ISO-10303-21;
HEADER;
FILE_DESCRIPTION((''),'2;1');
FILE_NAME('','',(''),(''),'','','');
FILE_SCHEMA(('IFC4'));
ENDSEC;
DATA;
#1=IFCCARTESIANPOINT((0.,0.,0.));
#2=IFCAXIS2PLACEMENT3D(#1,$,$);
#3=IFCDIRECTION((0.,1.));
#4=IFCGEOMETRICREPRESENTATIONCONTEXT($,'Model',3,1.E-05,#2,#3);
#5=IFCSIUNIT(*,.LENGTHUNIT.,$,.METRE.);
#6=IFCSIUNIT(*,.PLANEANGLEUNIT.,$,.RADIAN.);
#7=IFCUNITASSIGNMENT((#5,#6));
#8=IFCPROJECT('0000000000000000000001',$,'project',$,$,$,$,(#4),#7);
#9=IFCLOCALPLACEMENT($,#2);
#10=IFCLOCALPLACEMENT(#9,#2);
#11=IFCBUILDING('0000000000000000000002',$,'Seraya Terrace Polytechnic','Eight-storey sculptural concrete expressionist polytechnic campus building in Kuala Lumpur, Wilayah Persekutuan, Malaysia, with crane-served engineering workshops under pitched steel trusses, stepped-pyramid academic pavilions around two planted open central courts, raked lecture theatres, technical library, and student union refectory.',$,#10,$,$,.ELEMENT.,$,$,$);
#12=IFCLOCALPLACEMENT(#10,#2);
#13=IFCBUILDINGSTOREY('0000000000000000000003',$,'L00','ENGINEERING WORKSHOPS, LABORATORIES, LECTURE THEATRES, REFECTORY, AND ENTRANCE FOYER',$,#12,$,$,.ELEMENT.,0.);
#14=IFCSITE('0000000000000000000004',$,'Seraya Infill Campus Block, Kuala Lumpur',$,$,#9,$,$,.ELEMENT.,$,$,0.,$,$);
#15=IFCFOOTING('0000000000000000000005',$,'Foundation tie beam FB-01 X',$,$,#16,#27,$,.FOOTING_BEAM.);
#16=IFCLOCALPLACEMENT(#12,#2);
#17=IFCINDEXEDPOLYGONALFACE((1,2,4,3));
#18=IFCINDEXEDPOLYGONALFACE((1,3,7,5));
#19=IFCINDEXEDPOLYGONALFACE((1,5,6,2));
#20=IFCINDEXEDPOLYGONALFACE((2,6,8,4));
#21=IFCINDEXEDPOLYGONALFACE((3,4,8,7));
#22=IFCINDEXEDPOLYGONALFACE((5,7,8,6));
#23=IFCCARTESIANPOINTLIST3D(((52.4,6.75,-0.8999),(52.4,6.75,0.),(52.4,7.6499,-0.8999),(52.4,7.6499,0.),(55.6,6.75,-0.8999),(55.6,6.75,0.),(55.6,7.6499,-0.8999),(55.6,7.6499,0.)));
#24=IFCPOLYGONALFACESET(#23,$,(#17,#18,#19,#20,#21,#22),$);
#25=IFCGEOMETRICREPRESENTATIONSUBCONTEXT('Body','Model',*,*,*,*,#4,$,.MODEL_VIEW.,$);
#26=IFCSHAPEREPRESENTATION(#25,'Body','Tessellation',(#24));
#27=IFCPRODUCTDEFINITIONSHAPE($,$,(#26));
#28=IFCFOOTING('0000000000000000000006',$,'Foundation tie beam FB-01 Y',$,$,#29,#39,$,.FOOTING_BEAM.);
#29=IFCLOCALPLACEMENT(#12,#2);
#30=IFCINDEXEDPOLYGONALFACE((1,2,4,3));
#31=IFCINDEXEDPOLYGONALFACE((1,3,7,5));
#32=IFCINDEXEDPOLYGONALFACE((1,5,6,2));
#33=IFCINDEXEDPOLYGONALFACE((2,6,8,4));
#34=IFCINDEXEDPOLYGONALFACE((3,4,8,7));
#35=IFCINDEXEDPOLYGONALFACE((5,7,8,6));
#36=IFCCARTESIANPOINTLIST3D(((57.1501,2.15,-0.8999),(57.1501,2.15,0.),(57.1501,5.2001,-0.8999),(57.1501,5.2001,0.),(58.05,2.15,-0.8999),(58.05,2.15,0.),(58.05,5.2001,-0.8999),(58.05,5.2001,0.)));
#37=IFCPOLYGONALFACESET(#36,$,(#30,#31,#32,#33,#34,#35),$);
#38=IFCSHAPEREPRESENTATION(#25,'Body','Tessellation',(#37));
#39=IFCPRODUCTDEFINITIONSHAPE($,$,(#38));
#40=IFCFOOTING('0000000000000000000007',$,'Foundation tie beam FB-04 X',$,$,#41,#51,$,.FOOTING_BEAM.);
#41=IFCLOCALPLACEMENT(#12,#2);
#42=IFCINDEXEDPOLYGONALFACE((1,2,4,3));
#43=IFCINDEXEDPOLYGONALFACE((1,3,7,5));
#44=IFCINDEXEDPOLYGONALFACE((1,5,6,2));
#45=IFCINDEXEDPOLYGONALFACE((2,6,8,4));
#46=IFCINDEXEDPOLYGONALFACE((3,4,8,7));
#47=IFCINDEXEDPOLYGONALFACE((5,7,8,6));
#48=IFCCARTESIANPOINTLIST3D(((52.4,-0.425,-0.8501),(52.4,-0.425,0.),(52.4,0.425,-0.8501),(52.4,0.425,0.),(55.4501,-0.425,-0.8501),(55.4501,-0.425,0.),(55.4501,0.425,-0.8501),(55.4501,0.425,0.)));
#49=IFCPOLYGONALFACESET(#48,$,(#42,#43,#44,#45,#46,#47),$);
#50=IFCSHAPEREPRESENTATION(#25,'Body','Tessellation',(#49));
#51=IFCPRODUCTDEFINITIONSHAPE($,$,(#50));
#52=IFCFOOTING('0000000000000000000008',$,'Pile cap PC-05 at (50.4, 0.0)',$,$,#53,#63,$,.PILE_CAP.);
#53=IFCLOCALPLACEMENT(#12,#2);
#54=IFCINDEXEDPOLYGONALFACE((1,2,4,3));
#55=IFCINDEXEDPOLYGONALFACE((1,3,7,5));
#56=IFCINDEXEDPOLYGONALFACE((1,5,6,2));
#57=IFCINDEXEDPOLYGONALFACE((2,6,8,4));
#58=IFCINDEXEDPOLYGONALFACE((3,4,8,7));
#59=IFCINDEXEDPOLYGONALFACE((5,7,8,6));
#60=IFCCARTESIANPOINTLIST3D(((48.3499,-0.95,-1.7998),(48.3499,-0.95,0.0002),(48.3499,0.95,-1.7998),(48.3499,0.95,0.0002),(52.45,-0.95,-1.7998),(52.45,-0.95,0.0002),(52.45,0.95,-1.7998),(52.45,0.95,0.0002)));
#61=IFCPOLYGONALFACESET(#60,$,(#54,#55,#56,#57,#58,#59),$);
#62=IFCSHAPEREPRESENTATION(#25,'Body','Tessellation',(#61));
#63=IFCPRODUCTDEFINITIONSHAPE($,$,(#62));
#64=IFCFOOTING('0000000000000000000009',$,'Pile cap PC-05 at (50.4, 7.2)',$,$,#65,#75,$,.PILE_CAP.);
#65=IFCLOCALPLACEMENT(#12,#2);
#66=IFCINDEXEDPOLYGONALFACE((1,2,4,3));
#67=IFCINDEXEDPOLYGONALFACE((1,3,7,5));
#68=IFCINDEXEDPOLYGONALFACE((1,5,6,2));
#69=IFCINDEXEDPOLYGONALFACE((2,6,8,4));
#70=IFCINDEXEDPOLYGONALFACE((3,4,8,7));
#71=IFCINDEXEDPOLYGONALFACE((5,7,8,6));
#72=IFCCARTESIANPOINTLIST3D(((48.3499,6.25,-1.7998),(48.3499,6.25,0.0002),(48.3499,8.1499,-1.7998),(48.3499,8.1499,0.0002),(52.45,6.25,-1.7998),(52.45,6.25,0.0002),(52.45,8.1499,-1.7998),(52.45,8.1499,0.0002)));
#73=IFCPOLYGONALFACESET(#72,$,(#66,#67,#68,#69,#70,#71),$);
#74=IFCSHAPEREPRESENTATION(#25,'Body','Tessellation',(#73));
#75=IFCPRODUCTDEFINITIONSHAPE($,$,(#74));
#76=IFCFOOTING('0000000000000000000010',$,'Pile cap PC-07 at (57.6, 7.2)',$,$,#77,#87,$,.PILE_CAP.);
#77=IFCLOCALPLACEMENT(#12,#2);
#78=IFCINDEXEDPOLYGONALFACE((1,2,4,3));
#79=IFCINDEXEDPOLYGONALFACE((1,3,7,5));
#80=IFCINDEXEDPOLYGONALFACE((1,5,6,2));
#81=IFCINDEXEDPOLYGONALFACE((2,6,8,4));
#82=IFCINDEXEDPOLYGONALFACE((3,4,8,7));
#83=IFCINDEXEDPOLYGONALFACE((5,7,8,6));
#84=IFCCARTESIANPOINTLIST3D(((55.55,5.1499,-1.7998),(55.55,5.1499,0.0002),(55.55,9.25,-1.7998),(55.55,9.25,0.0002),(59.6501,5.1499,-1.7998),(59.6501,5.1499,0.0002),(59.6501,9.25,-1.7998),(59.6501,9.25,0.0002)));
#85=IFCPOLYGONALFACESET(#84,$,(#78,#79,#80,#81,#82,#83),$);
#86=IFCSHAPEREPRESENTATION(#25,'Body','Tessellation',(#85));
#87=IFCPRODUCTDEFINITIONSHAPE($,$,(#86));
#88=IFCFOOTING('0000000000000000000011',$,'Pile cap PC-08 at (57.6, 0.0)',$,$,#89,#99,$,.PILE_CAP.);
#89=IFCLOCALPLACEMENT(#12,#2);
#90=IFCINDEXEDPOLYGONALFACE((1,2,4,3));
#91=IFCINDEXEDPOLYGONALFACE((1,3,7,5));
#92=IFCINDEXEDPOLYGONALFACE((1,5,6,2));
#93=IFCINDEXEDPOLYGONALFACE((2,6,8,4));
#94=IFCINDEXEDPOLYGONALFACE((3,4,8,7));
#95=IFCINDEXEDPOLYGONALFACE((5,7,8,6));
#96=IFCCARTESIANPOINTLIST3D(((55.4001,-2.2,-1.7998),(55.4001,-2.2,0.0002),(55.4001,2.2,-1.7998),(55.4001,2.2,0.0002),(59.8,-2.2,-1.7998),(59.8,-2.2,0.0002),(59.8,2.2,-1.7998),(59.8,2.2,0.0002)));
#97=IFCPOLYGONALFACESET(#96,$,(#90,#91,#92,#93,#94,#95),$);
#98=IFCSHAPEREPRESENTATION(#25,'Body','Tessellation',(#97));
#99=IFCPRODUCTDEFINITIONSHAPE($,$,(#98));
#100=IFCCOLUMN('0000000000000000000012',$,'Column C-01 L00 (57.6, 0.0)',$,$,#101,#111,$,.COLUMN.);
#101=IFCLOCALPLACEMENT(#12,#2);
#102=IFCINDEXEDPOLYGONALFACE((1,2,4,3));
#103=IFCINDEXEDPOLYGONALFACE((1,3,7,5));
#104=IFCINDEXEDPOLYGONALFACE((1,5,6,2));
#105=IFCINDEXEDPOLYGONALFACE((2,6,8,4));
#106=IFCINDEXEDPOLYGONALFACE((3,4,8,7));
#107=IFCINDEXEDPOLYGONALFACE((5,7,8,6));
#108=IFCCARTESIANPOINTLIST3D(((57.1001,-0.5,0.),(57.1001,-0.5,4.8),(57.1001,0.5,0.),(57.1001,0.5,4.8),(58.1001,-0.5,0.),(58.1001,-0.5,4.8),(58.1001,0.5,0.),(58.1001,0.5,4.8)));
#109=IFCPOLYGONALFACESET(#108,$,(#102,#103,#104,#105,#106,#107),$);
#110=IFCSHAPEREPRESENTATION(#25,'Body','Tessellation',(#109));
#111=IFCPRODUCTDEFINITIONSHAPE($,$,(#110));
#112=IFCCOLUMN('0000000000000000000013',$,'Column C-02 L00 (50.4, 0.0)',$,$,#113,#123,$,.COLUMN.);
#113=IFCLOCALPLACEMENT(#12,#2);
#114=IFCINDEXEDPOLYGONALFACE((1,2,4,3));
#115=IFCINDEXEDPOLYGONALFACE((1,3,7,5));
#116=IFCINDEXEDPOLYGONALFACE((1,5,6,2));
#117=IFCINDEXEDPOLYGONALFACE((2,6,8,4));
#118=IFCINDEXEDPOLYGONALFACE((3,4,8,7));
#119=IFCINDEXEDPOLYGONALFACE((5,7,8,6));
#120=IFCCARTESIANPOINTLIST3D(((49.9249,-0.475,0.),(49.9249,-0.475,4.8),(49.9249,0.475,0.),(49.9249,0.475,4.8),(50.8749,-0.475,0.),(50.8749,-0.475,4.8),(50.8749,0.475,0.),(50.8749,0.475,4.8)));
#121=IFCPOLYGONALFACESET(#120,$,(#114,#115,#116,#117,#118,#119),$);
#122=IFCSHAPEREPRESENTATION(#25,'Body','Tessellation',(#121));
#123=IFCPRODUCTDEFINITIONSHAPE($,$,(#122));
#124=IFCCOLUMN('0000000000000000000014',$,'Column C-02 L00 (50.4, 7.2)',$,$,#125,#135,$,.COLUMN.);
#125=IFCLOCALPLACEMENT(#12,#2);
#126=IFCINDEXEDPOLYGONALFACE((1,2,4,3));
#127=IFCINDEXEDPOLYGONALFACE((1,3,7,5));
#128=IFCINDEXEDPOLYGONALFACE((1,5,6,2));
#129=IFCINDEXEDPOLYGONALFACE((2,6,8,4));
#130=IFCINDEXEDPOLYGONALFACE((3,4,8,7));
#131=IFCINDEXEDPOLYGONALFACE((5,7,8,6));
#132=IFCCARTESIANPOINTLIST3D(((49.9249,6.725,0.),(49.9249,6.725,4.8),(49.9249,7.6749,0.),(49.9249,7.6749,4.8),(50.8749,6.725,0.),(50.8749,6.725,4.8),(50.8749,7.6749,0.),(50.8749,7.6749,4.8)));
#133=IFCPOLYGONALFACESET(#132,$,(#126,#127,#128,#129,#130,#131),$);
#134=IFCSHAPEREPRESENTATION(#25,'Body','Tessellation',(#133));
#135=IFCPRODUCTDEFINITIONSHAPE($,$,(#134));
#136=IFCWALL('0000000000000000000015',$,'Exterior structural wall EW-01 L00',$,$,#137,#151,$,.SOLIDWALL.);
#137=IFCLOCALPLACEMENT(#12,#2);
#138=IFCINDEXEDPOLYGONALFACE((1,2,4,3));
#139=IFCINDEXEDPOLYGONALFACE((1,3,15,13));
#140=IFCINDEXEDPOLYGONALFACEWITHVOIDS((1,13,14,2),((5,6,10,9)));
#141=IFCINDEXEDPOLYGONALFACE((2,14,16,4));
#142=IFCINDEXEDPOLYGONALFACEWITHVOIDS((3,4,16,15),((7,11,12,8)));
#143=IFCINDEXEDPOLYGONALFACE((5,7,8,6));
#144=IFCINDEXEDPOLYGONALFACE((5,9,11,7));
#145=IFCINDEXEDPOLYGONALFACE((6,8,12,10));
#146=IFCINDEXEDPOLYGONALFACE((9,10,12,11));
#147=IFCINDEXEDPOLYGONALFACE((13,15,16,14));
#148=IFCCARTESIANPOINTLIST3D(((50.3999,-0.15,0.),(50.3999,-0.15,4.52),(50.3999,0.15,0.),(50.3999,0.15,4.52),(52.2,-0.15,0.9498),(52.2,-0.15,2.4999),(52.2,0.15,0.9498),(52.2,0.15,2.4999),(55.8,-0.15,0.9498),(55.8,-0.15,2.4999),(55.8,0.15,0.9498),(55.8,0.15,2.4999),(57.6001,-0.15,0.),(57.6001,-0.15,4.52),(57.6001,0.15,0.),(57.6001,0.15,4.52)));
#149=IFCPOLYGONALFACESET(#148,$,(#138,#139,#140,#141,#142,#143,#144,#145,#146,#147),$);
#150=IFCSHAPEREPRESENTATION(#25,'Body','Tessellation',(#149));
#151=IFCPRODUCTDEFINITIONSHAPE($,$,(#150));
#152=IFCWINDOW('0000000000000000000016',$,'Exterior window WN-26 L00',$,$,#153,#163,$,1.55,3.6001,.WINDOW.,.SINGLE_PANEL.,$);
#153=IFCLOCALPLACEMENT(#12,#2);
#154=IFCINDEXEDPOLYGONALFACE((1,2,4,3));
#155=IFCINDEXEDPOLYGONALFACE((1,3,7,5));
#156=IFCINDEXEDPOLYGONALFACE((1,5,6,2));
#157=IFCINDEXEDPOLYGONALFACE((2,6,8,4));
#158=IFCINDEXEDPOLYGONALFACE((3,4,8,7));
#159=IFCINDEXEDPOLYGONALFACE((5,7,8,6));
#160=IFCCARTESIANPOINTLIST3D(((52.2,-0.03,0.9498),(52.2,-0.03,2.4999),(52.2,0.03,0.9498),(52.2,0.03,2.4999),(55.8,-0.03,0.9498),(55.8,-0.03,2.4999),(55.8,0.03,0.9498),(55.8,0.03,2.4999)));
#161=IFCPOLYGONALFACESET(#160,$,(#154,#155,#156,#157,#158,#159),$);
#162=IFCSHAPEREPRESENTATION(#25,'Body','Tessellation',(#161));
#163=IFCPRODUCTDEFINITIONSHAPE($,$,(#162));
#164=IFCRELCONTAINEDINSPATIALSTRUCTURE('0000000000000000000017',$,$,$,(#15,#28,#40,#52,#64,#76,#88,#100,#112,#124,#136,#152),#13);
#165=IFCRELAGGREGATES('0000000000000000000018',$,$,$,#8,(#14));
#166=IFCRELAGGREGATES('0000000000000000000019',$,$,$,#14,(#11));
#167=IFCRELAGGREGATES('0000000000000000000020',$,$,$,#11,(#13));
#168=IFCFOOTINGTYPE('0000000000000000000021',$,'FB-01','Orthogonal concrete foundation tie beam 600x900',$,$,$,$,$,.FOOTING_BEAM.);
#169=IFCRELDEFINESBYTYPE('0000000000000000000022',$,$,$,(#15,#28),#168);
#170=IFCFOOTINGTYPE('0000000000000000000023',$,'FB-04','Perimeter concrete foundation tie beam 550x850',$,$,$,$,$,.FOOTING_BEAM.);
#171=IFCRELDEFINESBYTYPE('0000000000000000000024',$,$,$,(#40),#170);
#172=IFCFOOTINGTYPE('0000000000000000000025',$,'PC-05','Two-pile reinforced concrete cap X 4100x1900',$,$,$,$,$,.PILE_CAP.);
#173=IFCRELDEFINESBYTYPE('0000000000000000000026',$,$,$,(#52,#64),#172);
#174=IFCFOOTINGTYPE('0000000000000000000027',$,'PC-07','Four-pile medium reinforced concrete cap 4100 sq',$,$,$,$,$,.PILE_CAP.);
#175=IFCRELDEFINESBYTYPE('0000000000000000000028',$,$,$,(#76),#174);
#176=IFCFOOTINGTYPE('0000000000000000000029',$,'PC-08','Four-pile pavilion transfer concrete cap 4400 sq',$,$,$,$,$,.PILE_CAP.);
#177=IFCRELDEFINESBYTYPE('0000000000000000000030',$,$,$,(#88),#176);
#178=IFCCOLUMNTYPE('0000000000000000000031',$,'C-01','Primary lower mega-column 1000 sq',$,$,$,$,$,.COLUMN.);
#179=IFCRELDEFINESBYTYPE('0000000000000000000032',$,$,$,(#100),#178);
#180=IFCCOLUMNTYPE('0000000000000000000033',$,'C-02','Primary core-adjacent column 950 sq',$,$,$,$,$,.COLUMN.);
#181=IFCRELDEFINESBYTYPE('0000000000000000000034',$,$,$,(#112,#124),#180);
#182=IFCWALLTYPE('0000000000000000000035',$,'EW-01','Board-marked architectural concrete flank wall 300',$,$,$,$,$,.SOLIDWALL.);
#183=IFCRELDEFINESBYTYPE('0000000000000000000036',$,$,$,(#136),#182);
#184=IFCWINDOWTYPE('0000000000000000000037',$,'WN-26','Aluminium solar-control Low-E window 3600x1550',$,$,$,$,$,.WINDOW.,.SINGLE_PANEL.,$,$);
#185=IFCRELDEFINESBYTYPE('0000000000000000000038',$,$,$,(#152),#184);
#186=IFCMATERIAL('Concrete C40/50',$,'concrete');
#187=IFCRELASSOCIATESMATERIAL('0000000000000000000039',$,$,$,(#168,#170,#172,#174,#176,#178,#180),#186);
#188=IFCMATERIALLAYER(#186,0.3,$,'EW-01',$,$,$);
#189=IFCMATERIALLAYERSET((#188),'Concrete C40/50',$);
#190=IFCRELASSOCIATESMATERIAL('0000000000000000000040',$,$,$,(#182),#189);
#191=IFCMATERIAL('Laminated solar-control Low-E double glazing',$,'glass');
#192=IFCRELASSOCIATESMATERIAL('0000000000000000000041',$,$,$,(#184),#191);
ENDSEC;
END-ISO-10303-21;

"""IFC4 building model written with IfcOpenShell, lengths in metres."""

from ifc_helpers import new_model, si_unit, direction, frame, frame_2d, origin, origin_2d, place, context, subcontext, project, spatial, rectangle, extrude, material, layer, layer_set, material_profile, profile_set, type_object, element, fill, save


model = new_model("IFC4")

# Units and contexts
model_context = context("Model", 3, precision=1e-05, world=origin(), true_north=direction((0.0, 1.0)))
body_context = subcontext(model_context, "Body", "Model", "MODEL_VIEW")
ifc_project = project(units=[si_unit("LENGTHUNIT", "METRE"), si_unit("PLANEANGLEUNIT", "RADIAN")], contexts=[model_context])

# Site, building, storey
site_placement = place(None, origin())
site = spatial("IfcSite", under=ifc_project, at=site_placement, Name="Seraya Infill Campus Block, Kuala Lumpur", CompositionType="ELEMENT", RefElevation=0.0)
building_placement = place(site_placement, origin())
building = spatial("IfcBuilding", under=site, at=building_placement, Name="Seraya Terrace Polytechnic", Description="Eight-storey sculptural concrete expressionist polytechnic campus building in Kuala Lumpur, Wilayah Persekutuan, Malaysia, with crane-served engineering workshops under pitched steel trusses, stepped-pyramid academic pavilions around two planted open central courts, raked lecture theatres, technical library, and student union refectory.", CompositionType="ELEMENT")
storey_placement = place(building_placement, origin())
storey = spatial("IfcBuildingStorey", under=building, at=storey_placement, Name="L00", Description="ENGINEERING WORKSHOPS, LABORATORIES, LECTURE THEATRES, REFECTORY, AND ENTRANCE FOYER", CompositionType="ELEMENT", Elevation=0.0)

# Shared definitions
ifc_material_1 = material(Name="Concrete C40/50", Category="concrete")

# Footings
footing_type_1 = type_object("IfcFootingType", Name="FB-01", Description="Orthogonal concrete foundation tie beam 600x900", PredefinedType="FOOTING_BEAM", material=ifc_material_1)
footing_1_placement = place(storey_placement, frame((54.0, 7.2, -0.8999), z_axis=(0.0, 0.0, 1.0), x_axis=(1.0, 0.0, 0.0)))
element("IfcFooting", 1, at=footing_1_placement, inside=storey, type_object=footing_type_1, Name="Foundation tie beam FB-01 X", PredefinedType="FOOTING_BEAM", context=body_context, shape_type="SweptSolid", body=[
    extrude(rectangle(XDim=3.2, YDim=0.8999, at=origin_2d()), origin(), (0.0, 0.0, 1.0), 0.8999),
])
footing_2_placement = place(storey_placement, frame((57.6001, 3.675, -0.8999), z_axis=(0.0, 0.0, 1.0), x_axis=(0.0, 1.0, 0.0)))
element("IfcFooting", 2, at=footing_2_placement, inside=storey, type_object=footing_type_1, Name="Foundation tie beam FB-01 Y", PredefinedType="FOOTING_BEAM", context=body_context, shape_type="SweptSolid", body=[
    extrude(rectangle(XDim=3.05, YDim=0.8999, at=origin_2d()), origin(), (0.0, 0.0, 1.0), 0.8999),
])
footing_type_2 = type_object("IfcFootingType", Name="FB-04", Description="Perimeter concrete foundation tie beam 550x850", PredefinedType="FOOTING_BEAM", material=ifc_material_1)
footing_3_placement = place(storey_placement, frame((53.925, 0.0, -0.8501), z_axis=(0.0, 0.0, 1.0), x_axis=(1.0, 0.0, 0.0)))
element("IfcFooting", 3, at=footing_3_placement, inside=storey, type_object=footing_type_2, Name="Foundation tie beam FB-04 X", PredefinedType="FOOTING_BEAM", context=body_context, shape_type="SweptSolid", body=[
    extrude(rectangle(XDim=3.05, YDim=0.8501, at=origin_2d()), origin(), (0.0, 0.0, 1.0), 0.8501),
])
footing_type_3 = type_object("IfcFootingType", Name="PC-05", Description="Two-pile reinforced concrete cap X 4100x1900", PredefinedType="PILE_CAP", material=ifc_material_1)
for number, where, z_axis, x_axis, name in (
    (4, (50.3999, 0.0, -1.7998), (0.0, 0.0, 1.0), (1.0, 0.0, 0.0), "Pile cap PC-05 at (50.4, 0.0)"),
    (5, (50.3999, 7.2, -1.7998), (0.0, 0.0, 1.0), (1.0, 0.0, 0.0), "Pile cap PC-05 at (50.4, 7.2)"),
):
    element("IfcFooting", number, at=place(storey_placement, frame(where, z_axis=z_axis, x_axis=x_axis)), inside=storey, type_object=footing_type_3, Name=name, PredefinedType="PILE_CAP", context=body_context, shape_type="SweptSolid", body=[
        extrude(rectangle(XDim=4.1001, YDim=1.8999, at=origin_2d()), origin(), (0.0, 0.0, 1.0), 1.8),
    ])
footing_type_4 = type_object("IfcFootingType", Name="PC-07", Description="Four-pile medium reinforced concrete cap 4100 sq", PredefinedType="PILE_CAP", material=ifc_material_1)
footing_4_placement = place(storey_placement, frame((57.6001, 7.2, -1.7998), z_axis=(0.0, 0.0, 1.0), x_axis=(1.0, 0.0, 0.0)))
element("IfcFooting", 6, at=footing_4_placement, inside=storey, type_object=footing_type_4, Name="Pile cap PC-07 at (57.6, 7.2)", PredefinedType="PILE_CAP", context=body_context, shape_type="SweptSolid", body=[
    extrude(rectangle(XDim=4.1001, YDim=4.1001, at=origin_2d()), origin(), (0.0, 0.0, 1.0), 1.8),
])
footing_type_5 = type_object("IfcFootingType", Name="PC-08", Description="Four-pile pavilion transfer concrete cap 4400 sq", PredefinedType="PILE_CAP", material=ifc_material_1)
footing_5_placement = place(storey_placement, frame((57.6001, 0.0, -1.7998), z_axis=(0.0, 0.0, 1.0), x_axis=(1.0, 0.0, 0.0)))
element("IfcFooting", 7, at=footing_5_placement, inside=storey, type_object=footing_type_5, Name="Pile cap PC-08 at (57.6, 0.0)", PredefinedType="PILE_CAP", context=body_context, shape_type="SweptSolid", body=[
    extrude(rectangle(XDim=4.3999, YDim=4.3999, at=origin_2d()), origin(), (0.0, 0.0, 1.0), 1.8),
])

# Columns
ifc_material_profile_1 = material_profile(ifc_material_1, rectangle(XDim=1.0, YDim=1.0, at=origin_2d()), Name="RC 1000x1000")
ifc_profile_set_1 = profile_set([ifc_material_profile_1], Name="Concrete C40/50")
column_type_1 = type_object("IfcColumnType", Name="C-01", Description="Primary lower mega-column 1000 sq", PredefinedType="COLUMN", material=ifc_profile_set_1)
column_placement = place(storey_placement, frame((57.6001, 0.0, 0.0), z_axis=(0.0, 0.0, 1.0), x_axis=(1.0, 0.0, 0.0)))
element("IfcColumn", 8, at=column_placement, inside=storey, type_object=column_type_1, Name="Column C-01 L00 (57.6, 0.0)", PredefinedType="COLUMN", context=body_context, shape_type="SweptSolid", body=[
    extrude(rectangle(XDim=1.0, YDim=1.0, at=origin_2d()), origin(), (0.0, 0.0, 1.0), 4.8),
])
ifc_material_profile_2 = material_profile(ifc_material_1, rectangle(XDim=0.95, YDim=0.95, at=origin_2d()), Name="RC 950x950")
ifc_profile_set_2 = profile_set([ifc_material_profile_2], Name="Concrete C40/50")
column_type_2 = type_object("IfcColumnType", Name="C-02", Description="Primary core-adjacent column 950 sq", PredefinedType="COLUMN", material=ifc_profile_set_2)
for number, where, z_axis, x_axis, name in (
    (9, (50.3999, 0.0, 0.0), (0.0, 0.0, 1.0), (1.0, 0.0, 0.0), "Column C-02 L00 (50.4, 0.0)"),
    (10, (50.3999, 7.2, 0.0), (0.0, 0.0, 1.0), (1.0, 0.0, 0.0), "Column C-02 L00 (50.4, 7.2)"),
):
    element("IfcColumn", number, at=place(storey_placement, frame(where, z_axis=z_axis, x_axis=x_axis)), inside=storey, type_object=column_type_2, Name=name, PredefinedType="COLUMN", context=body_context, shape_type="SweptSolid", body=[
        extrude(rectangle(XDim=0.95, YDim=0.95, at=origin_2d()), origin(), (0.0, 0.0, 1.0), 4.8),
    ])

# Wall, opening, window
ifc_layer = layer(ifc_material_1, 0.3, Name="EW-01")
ifc_layer_set = layer_set([ifc_layer], Name="Concrete C40/50")
wall_type = type_object("IfcWallType", Name="EW-01", Description="Board-marked architectural concrete flank wall 300", PredefinedType="SOLIDWALL", material=ifc_layer_set)
wall_1_placement = place(storey_placement, frame((57.6001, 0.0, 0.0), z_axis=(0.0, 0.0, 1.0), x_axis=(-1.0, 0.0, 0.0)))
wall_1 = element("IfcWall", 11, at=wall_1_placement, inside=storey, type_object=wall_type, Name="Exterior structural wall EW-01 L00", PredefinedType="SOLIDWALL", context=body_context, shape_type="SweptSolid", body=[
    extrude(rectangle(XDim=7.2002, YDim=0.3, at=frame_2d((3.6001, 0.0))), origin(), (0.0, 0.0, 1.0), 4.52),
])
opening_1_placement = place(wall_1_placement, frame((1.8, 0.0, 0.95)))
opening_1 = element("IfcOpeningElement", 12, at=opening_1_placement, cuts=wall_1, PredefinedType="OPENING", context=body_context, shape_type="SweptSolid", body=[
    extrude(rectangle(XDim=3.6001, YDim=1.55, at=frame_2d((1.8, 0.7749))), frame((0.0, 0.1621, 0.0), z_axis=(0.0, -1.0, 0.0), x_axis=(1.0, 0.0, 0.0)), (0.0, 0.0, 1.0), 0.324),
])
ifc_material_2 = material(Name="Laminated solar-control Low-E double glazing", Category="glass")
window_type = type_object("IfcWindowType", Name="WN-26", Description="Aluminium solar-control Low-E window 3600x1550", PartitioningType="SINGLE_PANEL", PredefinedType="WINDOW", material=ifc_material_2)
window_placement = place(opening_1_placement, origin())
window = element("IfcWindow", 13, at=window_placement, inside=storey, type_object=window_type, Name="Exterior window WN-26 L00", OverallHeight=1.55, OverallWidth=3.6001, PartitioningType="SINGLE_PANEL", PredefinedType="WINDOW", context=body_context, shape_type="SweptSolid", body=[
    extrude(rectangle(XDim=3.6001, YDim=1.55, at=frame_2d((1.8, 0.7749))), frame((0.0, 0.03, 0.0), z_axis=(0.0, -1.0, 0.0), x_axis=(1.0, 0.0, 0.0)), (0.0, 0.0, 1.0), 0.0601),
])
fill(opening_1, window)

save(model, "model.ifc")
